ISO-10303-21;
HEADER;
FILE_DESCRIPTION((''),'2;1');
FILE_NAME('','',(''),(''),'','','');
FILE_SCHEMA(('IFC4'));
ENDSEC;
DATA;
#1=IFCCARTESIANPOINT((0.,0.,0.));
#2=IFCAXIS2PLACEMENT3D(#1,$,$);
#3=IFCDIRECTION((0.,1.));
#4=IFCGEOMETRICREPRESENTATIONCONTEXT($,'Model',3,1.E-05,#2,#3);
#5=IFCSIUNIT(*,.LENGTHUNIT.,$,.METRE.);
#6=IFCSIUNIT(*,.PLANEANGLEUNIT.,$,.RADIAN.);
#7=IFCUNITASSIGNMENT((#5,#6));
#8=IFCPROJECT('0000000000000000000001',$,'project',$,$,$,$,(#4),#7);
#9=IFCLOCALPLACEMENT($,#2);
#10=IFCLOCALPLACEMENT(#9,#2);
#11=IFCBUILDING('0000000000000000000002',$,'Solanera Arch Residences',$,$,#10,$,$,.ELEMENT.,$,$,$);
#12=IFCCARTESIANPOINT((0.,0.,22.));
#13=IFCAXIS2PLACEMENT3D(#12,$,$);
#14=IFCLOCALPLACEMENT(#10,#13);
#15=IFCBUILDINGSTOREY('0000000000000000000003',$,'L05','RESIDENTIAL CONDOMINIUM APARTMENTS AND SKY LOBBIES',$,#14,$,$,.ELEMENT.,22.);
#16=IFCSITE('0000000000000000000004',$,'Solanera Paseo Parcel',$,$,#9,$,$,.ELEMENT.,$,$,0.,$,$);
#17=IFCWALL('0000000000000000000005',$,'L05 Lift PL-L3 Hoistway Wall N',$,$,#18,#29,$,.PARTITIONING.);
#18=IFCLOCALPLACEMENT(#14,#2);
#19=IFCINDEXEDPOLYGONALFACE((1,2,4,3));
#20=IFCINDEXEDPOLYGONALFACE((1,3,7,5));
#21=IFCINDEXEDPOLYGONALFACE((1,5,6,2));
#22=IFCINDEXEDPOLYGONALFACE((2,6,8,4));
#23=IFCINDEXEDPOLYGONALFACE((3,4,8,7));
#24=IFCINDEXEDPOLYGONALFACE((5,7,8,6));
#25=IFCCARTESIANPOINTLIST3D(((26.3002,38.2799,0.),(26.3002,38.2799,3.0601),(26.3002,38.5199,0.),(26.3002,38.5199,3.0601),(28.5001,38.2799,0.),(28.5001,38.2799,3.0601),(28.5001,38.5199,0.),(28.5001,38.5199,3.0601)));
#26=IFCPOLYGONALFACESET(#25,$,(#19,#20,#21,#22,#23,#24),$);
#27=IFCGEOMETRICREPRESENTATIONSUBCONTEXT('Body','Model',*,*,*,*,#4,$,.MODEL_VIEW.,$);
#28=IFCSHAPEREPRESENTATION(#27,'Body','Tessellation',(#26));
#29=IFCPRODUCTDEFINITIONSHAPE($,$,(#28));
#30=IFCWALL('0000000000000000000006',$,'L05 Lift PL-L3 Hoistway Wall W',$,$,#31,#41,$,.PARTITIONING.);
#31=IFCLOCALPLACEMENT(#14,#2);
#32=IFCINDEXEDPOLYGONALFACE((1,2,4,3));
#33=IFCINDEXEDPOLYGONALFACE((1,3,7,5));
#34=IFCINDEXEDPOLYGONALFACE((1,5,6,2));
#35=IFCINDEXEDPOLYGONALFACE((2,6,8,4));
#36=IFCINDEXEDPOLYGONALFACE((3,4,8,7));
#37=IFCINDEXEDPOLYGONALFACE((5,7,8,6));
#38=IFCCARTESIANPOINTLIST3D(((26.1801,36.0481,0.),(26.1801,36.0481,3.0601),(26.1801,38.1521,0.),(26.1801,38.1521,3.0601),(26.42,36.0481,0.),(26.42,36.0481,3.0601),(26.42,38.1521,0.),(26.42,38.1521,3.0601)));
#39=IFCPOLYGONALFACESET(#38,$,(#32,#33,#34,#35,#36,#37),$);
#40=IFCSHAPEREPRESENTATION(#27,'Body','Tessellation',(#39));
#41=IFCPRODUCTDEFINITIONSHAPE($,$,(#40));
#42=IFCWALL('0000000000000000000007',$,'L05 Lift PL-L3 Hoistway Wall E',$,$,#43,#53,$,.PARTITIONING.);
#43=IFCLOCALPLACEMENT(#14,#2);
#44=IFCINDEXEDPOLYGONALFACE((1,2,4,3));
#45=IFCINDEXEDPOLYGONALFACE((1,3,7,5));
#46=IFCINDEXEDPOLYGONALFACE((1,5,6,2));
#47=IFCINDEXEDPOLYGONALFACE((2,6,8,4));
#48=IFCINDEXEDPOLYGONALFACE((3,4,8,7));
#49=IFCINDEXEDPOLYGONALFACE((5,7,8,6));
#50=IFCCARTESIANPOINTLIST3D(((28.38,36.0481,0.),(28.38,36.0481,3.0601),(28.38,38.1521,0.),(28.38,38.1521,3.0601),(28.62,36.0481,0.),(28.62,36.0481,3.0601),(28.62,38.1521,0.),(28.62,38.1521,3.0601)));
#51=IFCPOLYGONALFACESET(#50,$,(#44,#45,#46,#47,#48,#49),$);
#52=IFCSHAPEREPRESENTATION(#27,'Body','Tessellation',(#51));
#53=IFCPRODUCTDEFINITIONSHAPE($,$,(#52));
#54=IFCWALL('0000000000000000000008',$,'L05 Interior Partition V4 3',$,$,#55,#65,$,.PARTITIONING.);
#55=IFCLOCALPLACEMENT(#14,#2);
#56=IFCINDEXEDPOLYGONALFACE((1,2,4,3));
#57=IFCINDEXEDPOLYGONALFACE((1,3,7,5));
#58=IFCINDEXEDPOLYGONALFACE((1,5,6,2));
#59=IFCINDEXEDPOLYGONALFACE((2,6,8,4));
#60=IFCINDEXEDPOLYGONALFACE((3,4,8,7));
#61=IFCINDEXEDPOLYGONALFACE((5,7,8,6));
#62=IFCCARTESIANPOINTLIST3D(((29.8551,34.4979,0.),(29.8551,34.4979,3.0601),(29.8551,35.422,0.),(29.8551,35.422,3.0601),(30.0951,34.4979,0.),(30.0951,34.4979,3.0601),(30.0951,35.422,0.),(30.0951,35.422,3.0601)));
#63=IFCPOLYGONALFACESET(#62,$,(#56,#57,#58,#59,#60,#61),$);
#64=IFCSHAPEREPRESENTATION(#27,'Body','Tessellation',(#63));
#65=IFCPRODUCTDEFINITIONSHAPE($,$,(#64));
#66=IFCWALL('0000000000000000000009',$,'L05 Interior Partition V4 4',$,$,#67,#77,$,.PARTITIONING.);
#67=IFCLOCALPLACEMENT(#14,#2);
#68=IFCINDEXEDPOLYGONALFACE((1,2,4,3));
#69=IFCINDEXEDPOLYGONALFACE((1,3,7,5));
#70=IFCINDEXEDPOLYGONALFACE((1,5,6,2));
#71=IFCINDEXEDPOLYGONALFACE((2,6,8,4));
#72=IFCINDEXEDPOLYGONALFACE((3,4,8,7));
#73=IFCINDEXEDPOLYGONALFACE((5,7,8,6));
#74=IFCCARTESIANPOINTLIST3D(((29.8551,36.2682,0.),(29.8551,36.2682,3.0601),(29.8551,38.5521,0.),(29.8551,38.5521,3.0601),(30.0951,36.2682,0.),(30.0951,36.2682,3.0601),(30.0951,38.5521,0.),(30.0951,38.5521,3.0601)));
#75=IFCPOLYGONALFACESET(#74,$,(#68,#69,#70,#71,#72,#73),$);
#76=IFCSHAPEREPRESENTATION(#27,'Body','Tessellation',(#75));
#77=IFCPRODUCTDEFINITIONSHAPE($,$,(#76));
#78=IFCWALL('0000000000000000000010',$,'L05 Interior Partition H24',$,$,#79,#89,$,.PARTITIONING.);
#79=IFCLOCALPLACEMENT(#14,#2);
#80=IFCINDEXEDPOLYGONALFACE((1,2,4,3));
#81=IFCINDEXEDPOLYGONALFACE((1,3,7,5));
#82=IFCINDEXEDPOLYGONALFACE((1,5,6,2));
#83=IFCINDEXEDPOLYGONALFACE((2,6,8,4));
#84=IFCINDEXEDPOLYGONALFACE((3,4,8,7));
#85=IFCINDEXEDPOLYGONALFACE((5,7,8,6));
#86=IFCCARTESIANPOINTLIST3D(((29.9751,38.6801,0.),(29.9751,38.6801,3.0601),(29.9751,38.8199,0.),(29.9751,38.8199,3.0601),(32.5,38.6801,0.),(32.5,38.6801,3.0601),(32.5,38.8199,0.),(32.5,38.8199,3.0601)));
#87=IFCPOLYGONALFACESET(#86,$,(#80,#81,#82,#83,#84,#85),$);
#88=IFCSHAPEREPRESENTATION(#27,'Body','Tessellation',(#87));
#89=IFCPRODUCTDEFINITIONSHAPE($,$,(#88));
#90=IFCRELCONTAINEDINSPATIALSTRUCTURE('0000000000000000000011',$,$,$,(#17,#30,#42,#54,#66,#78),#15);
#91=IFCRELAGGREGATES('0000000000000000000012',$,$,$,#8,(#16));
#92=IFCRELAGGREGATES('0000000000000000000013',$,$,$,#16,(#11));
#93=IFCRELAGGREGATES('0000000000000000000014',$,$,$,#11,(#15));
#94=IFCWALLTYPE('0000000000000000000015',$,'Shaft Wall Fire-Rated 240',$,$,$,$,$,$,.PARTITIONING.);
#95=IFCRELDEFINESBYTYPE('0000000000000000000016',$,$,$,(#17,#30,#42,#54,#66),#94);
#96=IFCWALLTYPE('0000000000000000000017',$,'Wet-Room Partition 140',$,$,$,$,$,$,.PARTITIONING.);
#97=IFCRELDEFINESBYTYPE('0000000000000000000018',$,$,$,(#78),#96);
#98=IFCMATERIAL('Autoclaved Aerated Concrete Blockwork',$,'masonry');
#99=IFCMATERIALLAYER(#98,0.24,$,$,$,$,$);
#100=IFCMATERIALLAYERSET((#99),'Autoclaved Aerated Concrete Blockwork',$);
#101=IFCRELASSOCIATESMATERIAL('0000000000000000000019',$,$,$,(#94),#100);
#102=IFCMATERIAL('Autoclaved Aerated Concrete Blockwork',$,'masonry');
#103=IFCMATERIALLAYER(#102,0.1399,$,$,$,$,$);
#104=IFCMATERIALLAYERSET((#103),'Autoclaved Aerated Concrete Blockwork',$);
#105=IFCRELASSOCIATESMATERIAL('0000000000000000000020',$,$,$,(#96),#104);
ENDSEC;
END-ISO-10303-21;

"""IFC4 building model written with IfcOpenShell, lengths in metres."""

from ifc_helpers import new_model, si_unit, direction, frame, frame_2d, origin, place, context, subcontext, project, spatial, rectangle, extrude, material, layer, layer_set, type_object, element, save


model = new_model("IFC4")

# Units and contexts
model_context = context("Model", 3, precision=1e-05, world=origin(), true_north=direction((0.0, 1.0)))
body_context = subcontext(model_context, "Body", "Model", "MODEL_VIEW")
ifc_project = project(units=[si_unit("LENGTHUNIT", "METRE"), si_unit("PLANEANGLEUNIT", "RADIAN")], contexts=[model_context])

# Site, building, storey
site_placement = place(None, origin())
site = spatial("IfcSite", under=ifc_project, at=site_placement, Name="Solanera Paseo Parcel", CompositionType="ELEMENT", RefElevation=0.0)
building_placement = place(site_placement, origin())
building = spatial("IfcBuilding", under=site, at=building_placement, Name="Solanera Arch Residences", CompositionType="ELEMENT")
storey_placement = place(building_placement, frame((0.0, 0.0, 22.0)))
storey = spatial("IfcBuildingStorey", under=building, at=storey_placement, Name="L05", Description="RESIDENTIAL CONDOMINIUM APARTMENTS AND SKY LOBBIES", CompositionType="ELEMENT", Elevation=22.0)

# Walls
ifc_material_1 = material(Name="Autoclaved Aerated Concrete Blockwork", Category="masonry")
ifc_layer_1 = layer(ifc_material_1, 0.24)
ifc_layer_set_1 = layer_set([ifc_layer_1], Name="Autoclaved Aerated Concrete Blockwork")
wall_type_1 = type_object("IfcWallType", Name="Shaft Wall Fire-Rated 240", PredefinedType="PARTITIONING", material=ifc_layer_set_1)
for number, where, z_axis, x_axis, name in (
    (1, (26.3, 38.3999, 0.0), (0.0, 0.0, 1.0), (1.0, 0.0, 0.0), "L05 Lift PL-L3 Hoistway Wall N"),
):
    element("IfcWall", number, at=place(storey_placement, frame(where, z_axis=z_axis, x_axis=x_axis)), inside=storey, type_object=wall_type_1, Name=name, PredefinedType="PARTITIONING", context=body_context, shape_type="SweptSolid", body=[
        extrude(rectangle(XDim=2.2, YDim=0.24, at=frame_2d((1.1001, 0.0))), origin(), (0.0, 0.0, 1.0), 3.0601),
    ])
for number, where, z_axis, x_axis, name in (
    (2, (26.3, 36.0481, 0.0), (0.0, 0.0, 1.0), (0.0, 1.0, 0.0), "L05 Lift PL-L3 Hoistway Wall W"),
    (3, (28.5, 36.0481, 0.0), (0.0, 0.0, 1.0), (0.0, 1.0, 0.0), "L05 Lift PL-L3 Hoistway Wall E"),
):
    element("IfcWall", number, at=place(storey_placement, frame(where, z_axis=z_axis, x_axis=x_axis)), inside=storey, type_object=wall_type_1, Name=name, PredefinedType="PARTITIONING", context=body_context, shape_type="SweptSolid", body=[
        extrude(rectangle(XDim=2.104, YDim=0.24, at=frame_2d((1.052, 0.0))), origin(), (0.0, 0.0, 1.0), 3.0601),
    ])

# Walls
wall_1_placement = place(storey_placement, frame((29.9751, 34.498, 0.0), z_axis=(0.0, 0.0, 1.0), x_axis=(0.0, 1.0, 0.0)))
element("IfcWall", 4, at=wall_1_placement, inside=storey, type_object=wall_type_1, Name="L05 Interior Partition V4 3", PredefinedType="PARTITIONING", context=body_context, shape_type="SweptSolid", body=[
    extrude(rectangle(XDim=0.9241, YDim=0.24, at=frame_2d((0.4619, 0.0))), origin(), (0.0, 0.0, 1.0), 3.0601),
])
wall_2_placement = place(storey_placement, frame((29.9751, 36.2681, 0.0), z_axis=(0.0, 0.0, 1.0), x_axis=(0.0, 1.0, 0.0)))
element("IfcWall", 5, at=wall_2_placement, inside=storey, type_object=wall_type_1, Name="L05 Interior Partition V4 4", PredefinedType="PARTITIONING", context=body_context, shape_type="SweptSolid", body=[
    extrude(rectangle(XDim=2.2839, YDim=0.24, at=frame_2d((1.1421, 0.0))), origin(), (0.0, 0.0, 1.0), 3.0601),
])
ifc_material_2 = material(Name="Autoclaved Aerated Concrete Blockwork", Category="masonry")
ifc_layer_2 = layer(ifc_material_2, 0.1399)
ifc_layer_set_2 = layer_set([ifc_layer_2], Name="Autoclaved Aerated Concrete Blockwork")
wall_type_2 = type_object("IfcWallType", Name="Wet-Room Partition 140", PredefinedType="PARTITIONING", material=ifc_layer_set_2)
wall_3_placement = place(storey_placement, frame((29.9751, 38.75, 0.0), z_axis=(0.0, 0.0, 1.0), x_axis=(1.0, 0.0, 0.0)))
element("IfcWall", 6, at=wall_3_placement, inside=storey, type_object=wall_type_2, Name="L05 Interior Partition H24", PredefinedType="PARTITIONING", context=body_context, shape_type="SweptSolid", body=[
    extrude(rectangle(XDim=2.5249, YDim=0.1399, at=frame_2d((1.2625, 0.0))), origin(), (0.0, 0.0, 1.0), 3.0601),
])

save(model, "model.ifc")
